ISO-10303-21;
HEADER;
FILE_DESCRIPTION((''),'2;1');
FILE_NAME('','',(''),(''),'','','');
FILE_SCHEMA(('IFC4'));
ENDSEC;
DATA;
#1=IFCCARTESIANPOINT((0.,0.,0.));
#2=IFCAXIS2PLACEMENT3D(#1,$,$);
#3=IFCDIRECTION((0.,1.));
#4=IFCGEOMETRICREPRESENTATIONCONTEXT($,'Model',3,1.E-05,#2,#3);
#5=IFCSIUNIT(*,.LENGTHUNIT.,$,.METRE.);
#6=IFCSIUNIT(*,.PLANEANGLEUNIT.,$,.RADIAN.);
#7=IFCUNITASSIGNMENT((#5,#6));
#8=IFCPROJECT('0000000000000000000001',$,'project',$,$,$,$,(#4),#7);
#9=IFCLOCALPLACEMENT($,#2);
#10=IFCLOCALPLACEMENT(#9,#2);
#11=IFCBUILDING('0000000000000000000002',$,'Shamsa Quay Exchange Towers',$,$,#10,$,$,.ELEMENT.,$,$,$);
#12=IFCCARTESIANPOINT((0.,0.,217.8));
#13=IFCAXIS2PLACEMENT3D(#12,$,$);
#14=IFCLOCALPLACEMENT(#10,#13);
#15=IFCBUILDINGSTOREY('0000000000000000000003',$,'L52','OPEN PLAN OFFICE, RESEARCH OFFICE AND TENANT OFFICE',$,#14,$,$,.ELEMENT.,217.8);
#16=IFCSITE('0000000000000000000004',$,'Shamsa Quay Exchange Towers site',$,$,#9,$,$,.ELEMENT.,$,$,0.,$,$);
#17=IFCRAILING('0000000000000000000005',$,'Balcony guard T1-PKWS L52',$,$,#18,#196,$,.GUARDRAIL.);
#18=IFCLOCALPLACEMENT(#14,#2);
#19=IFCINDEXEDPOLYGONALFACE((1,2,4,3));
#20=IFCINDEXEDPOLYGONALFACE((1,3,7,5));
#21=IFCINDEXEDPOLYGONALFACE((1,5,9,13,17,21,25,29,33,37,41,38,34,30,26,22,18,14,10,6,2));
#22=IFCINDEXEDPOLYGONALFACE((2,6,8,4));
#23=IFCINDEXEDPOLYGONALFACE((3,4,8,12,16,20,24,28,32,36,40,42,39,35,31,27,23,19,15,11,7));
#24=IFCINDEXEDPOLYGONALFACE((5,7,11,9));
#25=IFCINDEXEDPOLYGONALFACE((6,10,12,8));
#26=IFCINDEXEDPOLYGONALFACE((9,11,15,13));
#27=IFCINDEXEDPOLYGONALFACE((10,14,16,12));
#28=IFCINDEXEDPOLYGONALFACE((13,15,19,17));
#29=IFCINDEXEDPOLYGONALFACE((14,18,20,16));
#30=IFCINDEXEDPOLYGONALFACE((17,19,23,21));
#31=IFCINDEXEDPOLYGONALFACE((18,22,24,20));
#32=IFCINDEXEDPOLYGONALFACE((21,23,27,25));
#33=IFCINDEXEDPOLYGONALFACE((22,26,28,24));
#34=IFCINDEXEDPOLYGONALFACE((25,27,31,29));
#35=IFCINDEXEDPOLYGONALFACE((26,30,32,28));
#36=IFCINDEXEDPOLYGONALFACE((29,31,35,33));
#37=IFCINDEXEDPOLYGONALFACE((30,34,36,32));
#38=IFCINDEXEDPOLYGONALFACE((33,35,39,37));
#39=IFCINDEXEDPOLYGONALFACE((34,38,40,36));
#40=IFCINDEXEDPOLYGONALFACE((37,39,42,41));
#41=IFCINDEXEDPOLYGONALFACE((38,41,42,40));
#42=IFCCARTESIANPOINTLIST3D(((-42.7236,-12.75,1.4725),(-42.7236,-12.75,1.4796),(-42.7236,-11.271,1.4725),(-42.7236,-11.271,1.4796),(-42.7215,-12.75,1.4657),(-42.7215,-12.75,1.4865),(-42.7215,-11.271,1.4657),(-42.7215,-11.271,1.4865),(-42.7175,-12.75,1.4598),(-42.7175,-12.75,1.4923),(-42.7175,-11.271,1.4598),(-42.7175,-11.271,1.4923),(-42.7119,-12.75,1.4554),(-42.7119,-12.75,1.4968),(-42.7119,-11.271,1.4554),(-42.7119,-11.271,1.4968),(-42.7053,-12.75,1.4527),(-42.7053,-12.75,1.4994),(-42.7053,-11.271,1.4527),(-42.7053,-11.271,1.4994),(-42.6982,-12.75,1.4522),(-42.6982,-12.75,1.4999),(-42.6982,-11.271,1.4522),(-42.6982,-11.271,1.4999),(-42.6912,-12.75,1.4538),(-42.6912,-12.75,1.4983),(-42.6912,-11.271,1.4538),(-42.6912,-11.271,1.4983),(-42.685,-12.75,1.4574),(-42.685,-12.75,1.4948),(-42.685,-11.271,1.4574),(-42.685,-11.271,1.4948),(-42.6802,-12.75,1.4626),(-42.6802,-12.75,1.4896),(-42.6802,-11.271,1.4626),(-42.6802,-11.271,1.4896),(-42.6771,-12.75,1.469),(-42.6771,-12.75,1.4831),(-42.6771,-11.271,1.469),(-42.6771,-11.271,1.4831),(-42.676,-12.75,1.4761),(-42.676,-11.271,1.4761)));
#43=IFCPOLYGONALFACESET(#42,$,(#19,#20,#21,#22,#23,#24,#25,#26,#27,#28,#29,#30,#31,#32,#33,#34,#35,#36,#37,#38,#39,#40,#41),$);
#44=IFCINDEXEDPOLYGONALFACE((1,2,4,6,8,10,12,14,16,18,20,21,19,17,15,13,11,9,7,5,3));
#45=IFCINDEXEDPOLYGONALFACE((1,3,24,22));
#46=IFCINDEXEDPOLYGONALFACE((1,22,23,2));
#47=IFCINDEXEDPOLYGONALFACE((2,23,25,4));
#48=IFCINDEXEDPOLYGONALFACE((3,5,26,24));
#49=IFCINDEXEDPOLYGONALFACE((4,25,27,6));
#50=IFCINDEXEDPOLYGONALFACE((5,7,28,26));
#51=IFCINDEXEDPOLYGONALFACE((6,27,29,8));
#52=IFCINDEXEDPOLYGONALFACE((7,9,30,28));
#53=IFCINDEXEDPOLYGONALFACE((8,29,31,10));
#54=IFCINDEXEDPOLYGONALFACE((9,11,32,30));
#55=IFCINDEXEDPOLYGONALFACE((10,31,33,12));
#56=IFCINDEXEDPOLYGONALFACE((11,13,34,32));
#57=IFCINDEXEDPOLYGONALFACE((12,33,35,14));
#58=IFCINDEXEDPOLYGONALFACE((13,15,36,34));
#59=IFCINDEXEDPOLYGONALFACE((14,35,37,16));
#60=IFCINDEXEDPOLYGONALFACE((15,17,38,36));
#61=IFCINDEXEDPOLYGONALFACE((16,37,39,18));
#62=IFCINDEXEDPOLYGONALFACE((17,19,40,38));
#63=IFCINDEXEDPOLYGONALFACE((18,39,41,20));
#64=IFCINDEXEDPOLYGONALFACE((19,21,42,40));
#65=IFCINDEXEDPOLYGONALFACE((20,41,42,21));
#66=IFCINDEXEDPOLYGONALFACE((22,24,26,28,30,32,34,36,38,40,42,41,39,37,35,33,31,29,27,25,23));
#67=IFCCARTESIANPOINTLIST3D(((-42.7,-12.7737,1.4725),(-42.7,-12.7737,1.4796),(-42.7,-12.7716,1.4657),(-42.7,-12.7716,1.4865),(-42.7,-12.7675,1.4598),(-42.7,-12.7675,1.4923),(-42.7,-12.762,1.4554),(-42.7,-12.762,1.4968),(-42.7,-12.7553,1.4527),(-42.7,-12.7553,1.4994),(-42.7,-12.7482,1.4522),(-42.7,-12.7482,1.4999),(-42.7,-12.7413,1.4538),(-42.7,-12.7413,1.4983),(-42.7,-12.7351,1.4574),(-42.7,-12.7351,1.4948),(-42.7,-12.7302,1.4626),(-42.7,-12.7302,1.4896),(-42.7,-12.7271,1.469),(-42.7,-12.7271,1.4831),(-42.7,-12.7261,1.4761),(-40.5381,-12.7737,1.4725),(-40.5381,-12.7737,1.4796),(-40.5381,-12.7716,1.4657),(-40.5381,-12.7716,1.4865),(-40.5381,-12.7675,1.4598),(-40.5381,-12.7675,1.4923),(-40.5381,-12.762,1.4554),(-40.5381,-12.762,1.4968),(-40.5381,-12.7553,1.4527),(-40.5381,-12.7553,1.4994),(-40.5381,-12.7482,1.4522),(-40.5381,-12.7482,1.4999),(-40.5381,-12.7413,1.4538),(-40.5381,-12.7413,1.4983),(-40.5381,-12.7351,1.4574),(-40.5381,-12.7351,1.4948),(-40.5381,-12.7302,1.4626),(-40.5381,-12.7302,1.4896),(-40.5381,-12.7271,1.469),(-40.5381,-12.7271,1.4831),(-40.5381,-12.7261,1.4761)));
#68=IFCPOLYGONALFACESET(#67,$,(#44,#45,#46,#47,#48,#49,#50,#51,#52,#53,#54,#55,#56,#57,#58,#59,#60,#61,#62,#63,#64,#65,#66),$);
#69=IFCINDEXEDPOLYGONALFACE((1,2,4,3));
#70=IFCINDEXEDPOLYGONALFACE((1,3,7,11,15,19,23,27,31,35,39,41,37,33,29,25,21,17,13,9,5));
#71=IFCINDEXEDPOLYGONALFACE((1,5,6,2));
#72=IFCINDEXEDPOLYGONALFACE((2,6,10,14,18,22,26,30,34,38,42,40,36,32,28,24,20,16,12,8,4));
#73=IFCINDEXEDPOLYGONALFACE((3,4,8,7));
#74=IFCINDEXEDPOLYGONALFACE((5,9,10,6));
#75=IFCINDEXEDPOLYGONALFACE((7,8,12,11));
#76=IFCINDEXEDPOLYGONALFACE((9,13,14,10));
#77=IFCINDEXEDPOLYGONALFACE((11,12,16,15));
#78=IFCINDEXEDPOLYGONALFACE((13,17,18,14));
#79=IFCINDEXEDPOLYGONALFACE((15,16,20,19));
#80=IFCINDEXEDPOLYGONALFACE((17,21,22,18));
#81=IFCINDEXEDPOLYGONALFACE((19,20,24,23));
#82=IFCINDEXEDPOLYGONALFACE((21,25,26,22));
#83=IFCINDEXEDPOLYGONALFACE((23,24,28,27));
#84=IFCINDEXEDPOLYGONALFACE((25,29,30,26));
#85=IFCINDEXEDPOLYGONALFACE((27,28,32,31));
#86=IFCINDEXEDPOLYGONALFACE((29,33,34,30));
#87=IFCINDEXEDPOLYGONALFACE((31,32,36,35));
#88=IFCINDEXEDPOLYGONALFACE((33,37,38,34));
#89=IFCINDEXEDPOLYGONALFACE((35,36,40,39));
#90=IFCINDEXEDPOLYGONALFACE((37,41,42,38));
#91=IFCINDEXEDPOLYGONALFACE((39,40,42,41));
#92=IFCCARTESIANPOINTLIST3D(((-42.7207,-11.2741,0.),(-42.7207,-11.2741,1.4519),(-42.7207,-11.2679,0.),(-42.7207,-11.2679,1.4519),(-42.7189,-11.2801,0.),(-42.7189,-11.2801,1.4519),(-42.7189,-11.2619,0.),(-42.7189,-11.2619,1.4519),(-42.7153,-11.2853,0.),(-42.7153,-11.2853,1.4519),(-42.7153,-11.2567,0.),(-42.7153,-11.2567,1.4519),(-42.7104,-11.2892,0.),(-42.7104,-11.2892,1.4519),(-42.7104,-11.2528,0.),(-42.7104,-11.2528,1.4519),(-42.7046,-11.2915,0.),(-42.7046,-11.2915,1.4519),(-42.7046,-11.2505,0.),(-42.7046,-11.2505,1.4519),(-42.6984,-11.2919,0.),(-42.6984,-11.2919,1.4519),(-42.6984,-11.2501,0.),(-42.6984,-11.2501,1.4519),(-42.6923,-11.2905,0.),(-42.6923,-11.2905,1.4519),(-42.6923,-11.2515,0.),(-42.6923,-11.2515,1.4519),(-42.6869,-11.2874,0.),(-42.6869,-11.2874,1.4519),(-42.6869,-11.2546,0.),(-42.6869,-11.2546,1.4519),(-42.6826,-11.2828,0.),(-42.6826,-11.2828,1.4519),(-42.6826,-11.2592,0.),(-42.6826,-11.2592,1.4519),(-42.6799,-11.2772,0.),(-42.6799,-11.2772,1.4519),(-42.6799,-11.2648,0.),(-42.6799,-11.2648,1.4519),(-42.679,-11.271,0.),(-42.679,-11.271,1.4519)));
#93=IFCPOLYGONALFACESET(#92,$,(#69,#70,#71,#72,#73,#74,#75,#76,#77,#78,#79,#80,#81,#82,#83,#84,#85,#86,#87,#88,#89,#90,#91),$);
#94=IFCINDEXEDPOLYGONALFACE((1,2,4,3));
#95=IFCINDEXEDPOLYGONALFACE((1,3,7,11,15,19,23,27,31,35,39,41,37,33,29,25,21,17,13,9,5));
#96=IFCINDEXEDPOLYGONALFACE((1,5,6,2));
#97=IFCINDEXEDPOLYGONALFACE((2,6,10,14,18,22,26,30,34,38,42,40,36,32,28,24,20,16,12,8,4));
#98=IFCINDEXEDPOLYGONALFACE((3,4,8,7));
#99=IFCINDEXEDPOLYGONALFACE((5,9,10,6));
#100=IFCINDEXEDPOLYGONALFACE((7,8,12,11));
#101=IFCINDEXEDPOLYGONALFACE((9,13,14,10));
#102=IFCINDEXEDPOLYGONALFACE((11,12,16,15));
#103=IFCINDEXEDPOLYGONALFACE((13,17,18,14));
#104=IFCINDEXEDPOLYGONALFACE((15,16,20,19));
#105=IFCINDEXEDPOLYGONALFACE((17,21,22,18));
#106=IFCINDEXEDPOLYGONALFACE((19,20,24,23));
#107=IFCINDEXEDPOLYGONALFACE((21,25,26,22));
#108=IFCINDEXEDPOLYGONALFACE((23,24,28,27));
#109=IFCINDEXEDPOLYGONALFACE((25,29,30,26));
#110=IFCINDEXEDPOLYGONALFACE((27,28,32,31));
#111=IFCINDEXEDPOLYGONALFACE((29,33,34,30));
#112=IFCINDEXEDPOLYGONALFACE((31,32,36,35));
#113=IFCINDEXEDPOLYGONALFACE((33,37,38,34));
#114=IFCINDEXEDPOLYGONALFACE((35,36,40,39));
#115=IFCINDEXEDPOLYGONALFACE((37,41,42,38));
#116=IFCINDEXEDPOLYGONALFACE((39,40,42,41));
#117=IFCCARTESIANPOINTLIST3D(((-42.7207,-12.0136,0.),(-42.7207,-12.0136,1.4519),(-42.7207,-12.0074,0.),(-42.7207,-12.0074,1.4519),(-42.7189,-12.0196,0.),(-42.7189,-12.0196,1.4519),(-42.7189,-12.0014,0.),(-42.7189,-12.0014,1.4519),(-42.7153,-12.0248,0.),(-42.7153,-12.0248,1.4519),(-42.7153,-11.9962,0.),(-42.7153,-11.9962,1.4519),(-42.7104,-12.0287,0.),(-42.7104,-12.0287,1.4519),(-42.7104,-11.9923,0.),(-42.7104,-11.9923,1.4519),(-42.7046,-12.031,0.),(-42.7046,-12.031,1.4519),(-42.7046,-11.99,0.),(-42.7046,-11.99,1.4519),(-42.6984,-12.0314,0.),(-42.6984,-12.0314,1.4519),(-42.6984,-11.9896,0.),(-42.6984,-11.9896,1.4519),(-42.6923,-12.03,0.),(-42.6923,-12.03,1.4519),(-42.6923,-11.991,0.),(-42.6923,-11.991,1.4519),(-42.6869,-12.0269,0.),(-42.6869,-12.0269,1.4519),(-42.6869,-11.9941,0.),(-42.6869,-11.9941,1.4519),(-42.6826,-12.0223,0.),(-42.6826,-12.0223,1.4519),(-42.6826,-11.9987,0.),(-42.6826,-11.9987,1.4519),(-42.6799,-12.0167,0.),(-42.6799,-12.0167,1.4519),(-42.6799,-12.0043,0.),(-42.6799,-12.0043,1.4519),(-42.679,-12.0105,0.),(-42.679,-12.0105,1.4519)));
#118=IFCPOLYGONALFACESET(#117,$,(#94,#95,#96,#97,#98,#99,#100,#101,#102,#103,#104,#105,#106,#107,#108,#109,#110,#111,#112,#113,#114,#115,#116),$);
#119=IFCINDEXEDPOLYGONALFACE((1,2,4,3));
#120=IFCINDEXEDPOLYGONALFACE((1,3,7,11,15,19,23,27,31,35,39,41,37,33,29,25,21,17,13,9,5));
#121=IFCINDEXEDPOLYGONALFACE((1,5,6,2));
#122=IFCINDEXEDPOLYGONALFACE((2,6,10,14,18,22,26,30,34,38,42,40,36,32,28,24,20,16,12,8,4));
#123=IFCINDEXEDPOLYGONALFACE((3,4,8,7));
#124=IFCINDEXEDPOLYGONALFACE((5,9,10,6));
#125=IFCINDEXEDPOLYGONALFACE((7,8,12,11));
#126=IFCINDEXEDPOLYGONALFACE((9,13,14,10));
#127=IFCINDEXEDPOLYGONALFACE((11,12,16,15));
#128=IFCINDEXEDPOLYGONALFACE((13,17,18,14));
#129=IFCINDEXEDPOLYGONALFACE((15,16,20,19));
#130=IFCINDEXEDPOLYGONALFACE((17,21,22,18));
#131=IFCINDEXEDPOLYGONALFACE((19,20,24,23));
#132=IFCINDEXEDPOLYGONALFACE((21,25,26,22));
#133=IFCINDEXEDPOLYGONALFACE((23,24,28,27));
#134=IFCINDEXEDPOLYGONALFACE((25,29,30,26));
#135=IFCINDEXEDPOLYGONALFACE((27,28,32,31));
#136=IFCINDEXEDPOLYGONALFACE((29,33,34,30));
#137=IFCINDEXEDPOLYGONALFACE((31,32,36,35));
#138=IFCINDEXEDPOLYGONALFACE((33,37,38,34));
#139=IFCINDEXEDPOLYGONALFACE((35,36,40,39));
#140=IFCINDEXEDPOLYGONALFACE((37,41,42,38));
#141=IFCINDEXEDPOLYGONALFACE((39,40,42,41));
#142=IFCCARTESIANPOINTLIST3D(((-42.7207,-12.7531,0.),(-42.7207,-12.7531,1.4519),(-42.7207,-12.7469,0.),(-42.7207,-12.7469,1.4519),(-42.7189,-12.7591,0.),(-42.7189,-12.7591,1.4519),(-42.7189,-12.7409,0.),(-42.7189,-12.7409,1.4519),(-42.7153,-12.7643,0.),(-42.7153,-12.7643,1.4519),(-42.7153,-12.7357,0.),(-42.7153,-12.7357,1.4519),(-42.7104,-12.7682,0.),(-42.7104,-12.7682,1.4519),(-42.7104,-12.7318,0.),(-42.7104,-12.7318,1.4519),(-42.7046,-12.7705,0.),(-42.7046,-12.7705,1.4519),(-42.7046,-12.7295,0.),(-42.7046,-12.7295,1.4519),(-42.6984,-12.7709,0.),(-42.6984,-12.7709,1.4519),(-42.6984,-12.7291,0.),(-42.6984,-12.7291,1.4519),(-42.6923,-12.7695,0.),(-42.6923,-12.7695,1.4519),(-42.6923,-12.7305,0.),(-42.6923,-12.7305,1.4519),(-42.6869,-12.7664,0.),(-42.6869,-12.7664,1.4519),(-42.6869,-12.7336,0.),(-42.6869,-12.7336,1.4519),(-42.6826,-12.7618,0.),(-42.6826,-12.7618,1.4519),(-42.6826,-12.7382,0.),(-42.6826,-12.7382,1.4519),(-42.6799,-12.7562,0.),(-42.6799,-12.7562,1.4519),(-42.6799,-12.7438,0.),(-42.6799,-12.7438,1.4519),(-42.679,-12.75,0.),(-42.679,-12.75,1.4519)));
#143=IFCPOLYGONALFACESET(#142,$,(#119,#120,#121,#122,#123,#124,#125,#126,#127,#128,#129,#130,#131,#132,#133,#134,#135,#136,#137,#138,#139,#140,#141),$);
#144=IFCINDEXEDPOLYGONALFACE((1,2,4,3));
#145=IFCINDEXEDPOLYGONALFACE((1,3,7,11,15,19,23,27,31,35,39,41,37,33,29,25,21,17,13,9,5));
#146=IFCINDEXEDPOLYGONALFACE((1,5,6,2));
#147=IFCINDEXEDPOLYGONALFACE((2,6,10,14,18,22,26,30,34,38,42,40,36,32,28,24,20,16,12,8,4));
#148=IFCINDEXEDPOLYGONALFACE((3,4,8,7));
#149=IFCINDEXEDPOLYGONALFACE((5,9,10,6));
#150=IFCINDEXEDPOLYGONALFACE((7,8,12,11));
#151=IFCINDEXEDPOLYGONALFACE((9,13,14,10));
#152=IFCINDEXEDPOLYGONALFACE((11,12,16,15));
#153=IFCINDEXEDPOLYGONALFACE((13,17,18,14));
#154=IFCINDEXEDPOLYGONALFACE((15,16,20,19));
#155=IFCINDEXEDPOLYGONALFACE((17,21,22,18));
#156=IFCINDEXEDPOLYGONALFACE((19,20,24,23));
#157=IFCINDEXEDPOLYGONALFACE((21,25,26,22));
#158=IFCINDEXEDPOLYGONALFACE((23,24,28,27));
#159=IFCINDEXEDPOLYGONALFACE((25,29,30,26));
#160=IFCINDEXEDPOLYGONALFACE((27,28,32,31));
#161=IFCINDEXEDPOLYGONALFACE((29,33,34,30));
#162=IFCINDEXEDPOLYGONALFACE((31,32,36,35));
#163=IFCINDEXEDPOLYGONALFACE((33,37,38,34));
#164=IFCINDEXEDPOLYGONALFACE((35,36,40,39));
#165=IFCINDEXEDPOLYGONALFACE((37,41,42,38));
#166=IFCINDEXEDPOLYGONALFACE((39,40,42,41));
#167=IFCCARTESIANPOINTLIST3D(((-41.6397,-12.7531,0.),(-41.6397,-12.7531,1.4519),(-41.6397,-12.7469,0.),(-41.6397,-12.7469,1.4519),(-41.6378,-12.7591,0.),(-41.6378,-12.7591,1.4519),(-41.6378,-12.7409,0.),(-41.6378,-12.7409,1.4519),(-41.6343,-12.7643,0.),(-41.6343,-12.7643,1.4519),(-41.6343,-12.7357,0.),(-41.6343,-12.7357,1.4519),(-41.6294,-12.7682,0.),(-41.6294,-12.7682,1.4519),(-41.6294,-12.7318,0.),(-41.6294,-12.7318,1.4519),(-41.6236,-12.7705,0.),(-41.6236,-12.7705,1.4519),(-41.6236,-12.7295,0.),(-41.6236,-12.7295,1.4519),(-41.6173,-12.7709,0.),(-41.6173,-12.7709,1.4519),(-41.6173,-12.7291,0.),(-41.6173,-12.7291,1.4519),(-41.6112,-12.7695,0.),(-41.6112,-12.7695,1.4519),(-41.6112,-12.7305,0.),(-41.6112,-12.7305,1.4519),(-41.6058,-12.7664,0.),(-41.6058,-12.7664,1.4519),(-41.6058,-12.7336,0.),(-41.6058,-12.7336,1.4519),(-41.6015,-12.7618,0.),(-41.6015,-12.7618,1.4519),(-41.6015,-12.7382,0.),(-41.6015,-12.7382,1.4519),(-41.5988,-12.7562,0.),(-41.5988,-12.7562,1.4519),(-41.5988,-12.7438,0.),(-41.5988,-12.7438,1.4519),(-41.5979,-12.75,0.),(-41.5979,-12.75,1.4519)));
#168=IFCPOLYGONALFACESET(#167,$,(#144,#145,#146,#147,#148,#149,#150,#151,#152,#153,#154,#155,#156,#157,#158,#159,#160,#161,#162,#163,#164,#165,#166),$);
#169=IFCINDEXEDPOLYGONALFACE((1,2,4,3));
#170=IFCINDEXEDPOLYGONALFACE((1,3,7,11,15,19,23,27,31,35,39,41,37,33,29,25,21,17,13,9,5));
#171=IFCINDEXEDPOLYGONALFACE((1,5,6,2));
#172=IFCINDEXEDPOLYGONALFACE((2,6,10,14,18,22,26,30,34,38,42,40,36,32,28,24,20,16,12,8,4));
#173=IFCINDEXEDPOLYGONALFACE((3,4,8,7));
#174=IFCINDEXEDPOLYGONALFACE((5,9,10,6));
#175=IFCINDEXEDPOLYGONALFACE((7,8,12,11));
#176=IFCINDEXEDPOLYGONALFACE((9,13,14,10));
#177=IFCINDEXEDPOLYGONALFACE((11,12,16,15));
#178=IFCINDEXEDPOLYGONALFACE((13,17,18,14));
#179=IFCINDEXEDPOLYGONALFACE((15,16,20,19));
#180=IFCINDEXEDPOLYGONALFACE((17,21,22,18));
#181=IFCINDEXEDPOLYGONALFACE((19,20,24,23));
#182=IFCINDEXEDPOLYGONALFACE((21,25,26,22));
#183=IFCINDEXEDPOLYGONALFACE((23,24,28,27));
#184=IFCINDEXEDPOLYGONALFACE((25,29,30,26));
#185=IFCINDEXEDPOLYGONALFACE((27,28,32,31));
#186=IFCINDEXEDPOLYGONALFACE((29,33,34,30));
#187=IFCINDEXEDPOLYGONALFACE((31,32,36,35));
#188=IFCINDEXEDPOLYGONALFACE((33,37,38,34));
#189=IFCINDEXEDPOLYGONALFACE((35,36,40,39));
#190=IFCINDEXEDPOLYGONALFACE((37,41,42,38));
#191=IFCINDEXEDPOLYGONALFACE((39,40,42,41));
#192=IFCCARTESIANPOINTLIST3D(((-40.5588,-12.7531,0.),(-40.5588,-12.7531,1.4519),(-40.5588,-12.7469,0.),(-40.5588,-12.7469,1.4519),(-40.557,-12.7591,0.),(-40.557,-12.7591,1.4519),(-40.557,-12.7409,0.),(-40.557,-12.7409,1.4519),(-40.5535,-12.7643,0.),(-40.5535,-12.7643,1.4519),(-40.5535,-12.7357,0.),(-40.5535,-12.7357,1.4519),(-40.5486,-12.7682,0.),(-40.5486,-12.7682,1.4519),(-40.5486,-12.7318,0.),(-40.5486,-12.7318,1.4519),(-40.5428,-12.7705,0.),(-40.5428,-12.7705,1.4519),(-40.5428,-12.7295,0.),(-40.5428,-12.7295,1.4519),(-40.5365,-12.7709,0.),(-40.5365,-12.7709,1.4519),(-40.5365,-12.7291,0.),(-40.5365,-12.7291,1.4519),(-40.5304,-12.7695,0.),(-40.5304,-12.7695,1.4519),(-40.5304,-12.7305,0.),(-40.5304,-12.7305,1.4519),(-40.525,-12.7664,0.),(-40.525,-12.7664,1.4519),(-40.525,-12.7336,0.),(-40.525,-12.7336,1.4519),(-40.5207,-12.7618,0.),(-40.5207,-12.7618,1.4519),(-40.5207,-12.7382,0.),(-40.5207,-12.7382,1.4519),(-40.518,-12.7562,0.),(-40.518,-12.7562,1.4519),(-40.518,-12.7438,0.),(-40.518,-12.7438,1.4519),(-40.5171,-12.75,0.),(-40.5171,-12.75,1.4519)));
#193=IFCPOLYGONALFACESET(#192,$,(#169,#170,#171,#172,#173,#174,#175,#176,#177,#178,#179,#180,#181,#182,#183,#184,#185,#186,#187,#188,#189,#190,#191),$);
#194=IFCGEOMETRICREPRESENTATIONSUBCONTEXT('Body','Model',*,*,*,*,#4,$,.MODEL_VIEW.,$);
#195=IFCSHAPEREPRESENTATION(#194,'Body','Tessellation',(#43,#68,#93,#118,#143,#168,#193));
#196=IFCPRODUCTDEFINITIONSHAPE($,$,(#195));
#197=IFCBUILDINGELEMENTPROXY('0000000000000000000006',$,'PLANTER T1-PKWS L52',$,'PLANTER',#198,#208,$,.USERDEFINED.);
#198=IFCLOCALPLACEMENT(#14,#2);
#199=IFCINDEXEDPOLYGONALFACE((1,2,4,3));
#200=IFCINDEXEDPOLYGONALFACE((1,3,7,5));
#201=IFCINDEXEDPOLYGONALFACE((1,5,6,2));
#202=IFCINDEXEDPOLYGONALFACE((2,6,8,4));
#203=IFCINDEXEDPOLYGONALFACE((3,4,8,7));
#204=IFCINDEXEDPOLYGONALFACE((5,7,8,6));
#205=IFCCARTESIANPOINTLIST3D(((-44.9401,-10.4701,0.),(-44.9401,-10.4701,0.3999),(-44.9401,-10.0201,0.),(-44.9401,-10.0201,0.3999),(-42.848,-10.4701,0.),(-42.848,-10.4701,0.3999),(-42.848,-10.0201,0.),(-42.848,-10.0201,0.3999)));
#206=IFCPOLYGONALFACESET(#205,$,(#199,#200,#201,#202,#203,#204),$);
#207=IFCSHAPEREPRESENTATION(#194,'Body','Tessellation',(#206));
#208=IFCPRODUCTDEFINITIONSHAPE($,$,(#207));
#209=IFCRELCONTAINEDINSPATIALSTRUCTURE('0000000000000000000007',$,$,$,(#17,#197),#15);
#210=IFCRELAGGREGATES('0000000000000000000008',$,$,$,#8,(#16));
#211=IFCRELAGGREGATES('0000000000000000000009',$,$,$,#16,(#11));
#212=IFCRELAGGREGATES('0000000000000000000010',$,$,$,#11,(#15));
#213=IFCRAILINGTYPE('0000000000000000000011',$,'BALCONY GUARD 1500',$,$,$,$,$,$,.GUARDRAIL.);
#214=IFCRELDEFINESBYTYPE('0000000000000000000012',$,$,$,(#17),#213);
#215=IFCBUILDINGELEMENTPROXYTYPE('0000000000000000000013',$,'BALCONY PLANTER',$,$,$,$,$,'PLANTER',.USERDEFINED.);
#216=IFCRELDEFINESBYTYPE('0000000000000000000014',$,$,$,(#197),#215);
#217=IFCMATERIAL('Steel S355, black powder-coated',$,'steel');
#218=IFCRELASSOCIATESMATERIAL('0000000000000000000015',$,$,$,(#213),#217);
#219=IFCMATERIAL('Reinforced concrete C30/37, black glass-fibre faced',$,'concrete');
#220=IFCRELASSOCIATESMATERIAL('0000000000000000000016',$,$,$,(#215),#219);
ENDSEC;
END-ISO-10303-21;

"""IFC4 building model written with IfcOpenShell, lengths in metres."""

from ifc_helpers import new_model, si_unit, direction, frame, origin, origin_2d, place, context, subcontext, project, spatial, rectangle, circle, extrude, material, type_object, element, save


model = new_model("IFC4")

# Units and contexts
model_context = context("Model", 3, precision=1e-05, world=origin(), true_north=direction((0.0, 1.0)))
body_context = subcontext(model_context, "Body", "Model", "MODEL_VIEW")
ifc_project = project(units=[si_unit("LENGTHUNIT", "METRE"), si_unit("PLANEANGLEUNIT", "RADIAN")], contexts=[model_context])

# Site, building, storey
site_placement = place(None, origin())
site = spatial("IfcSite", under=ifc_project, at=site_placement, Name="Shamsa Quay Exchange Towers site", CompositionType="ELEMENT", RefElevation=0.0)
building_placement = place(site_placement, origin())
building = spatial("IfcBuilding", under=site, at=building_placement, Name="Shamsa Quay Exchange Towers", CompositionType="ELEMENT")
storey_placement = place(building_placement, frame((0.0, 0.0, 217.8)))
storey = spatial("IfcBuildingStorey", under=building, at=storey_placement, Name="L52", Description="OPEN PLAN OFFICE, RESEARCH OFFICE AND TENANT OFFICE", CompositionType="ELEMENT", Elevation=217.8)

# Railing
ifc_material_1 = material(Name="Steel S355, black powder-coated", Category="steel")
railing_type_1 = type_object("IfcRailingType", Name="BALCONY GUARD 1500", PredefinedType="GUARDRAIL", material=ifc_material_1)
for number, where, name in (
    (1, (-42.7, -11.271, 0.0), "Balcony guard T1-PKWS L52"),
):
    element("IfcRailing", number, at=place(storey_placement, frame(where)), inside=storey, type_object=railing_type_1, Name=name, PredefinedType="GUARDRAIL", context=body_context, shape_type="SweptSolid", body=[
        extrude(circle(Radius=0.0239, at=origin_2d()), frame((0.0, 0.0, 1.4761), z_axis=(0.0, -1.0, 0.0), x_axis=(1.0, 0.0, 0.0)), (0.0, 0.0, 1.0), 1.479),
        extrude(circle(Radius=0.0239, at=origin_2d()), frame((0.0, -1.479, 1.4761), z_axis=(1.0, 0.0, 0.0), x_axis=(0.0, 1.0, 0.0)), (0.0, 0.0, 1.0), 2.1619),
        extrude(circle(Radius=0.021, at=origin_2d()), origin(), (0.0, 0.0, 1.0), 1.4519),
        extrude(circle(Radius=0.021, at=origin_2d()), frame((0.0, -0.7395, 0.0)), (0.0, 0.0, 1.0), 1.4519),
        extrude(circle(Radius=0.021, at=origin_2d()), frame((0.0, -1.479, 0.0)), (0.0, 0.0, 1.0), 1.4519),
        extrude(circle(Radius=0.021, at=origin_2d()), frame((1.0811, -1.479, 0.0)), (0.0, 0.0, 1.0), 1.4519),
        extrude(circle(Radius=0.021, at=origin_2d()), frame((2.1619, -1.479, 0.0)), (0.0, 0.0, 1.0), 1.4519),
    ])

# Building element proxy
ifc_material_2 = material(Name="Reinforced concrete C30/37, black glass-fibre faced", Category="concrete")
building_element_proxy_type = type_object("IfcBuildingElementProxyType", Name="BALCONY PLANTER", ElementType="PLANTER", PredefinedType="USERDEFINED", material=ifc_material_2)
proxy_placement = place(storey_placement, frame((-43.894, -10.2451, 0.0)))
element("IfcBuildingElementProxy", 2, at=proxy_placement, inside=storey, type_object=building_element_proxy_type, Name="PLANTER T1-PKWS L52", ObjectType="PLANTER", PredefinedType="USERDEFINED", context=body_context, shape_type="SweptSolid", body=[
    extrude(rectangle(XDim=2.092, YDim=0.45, at=origin_2d()), origin(), (0.0, 0.0, 1.0), 0.3999),
])

save(model, "model.ifc")
